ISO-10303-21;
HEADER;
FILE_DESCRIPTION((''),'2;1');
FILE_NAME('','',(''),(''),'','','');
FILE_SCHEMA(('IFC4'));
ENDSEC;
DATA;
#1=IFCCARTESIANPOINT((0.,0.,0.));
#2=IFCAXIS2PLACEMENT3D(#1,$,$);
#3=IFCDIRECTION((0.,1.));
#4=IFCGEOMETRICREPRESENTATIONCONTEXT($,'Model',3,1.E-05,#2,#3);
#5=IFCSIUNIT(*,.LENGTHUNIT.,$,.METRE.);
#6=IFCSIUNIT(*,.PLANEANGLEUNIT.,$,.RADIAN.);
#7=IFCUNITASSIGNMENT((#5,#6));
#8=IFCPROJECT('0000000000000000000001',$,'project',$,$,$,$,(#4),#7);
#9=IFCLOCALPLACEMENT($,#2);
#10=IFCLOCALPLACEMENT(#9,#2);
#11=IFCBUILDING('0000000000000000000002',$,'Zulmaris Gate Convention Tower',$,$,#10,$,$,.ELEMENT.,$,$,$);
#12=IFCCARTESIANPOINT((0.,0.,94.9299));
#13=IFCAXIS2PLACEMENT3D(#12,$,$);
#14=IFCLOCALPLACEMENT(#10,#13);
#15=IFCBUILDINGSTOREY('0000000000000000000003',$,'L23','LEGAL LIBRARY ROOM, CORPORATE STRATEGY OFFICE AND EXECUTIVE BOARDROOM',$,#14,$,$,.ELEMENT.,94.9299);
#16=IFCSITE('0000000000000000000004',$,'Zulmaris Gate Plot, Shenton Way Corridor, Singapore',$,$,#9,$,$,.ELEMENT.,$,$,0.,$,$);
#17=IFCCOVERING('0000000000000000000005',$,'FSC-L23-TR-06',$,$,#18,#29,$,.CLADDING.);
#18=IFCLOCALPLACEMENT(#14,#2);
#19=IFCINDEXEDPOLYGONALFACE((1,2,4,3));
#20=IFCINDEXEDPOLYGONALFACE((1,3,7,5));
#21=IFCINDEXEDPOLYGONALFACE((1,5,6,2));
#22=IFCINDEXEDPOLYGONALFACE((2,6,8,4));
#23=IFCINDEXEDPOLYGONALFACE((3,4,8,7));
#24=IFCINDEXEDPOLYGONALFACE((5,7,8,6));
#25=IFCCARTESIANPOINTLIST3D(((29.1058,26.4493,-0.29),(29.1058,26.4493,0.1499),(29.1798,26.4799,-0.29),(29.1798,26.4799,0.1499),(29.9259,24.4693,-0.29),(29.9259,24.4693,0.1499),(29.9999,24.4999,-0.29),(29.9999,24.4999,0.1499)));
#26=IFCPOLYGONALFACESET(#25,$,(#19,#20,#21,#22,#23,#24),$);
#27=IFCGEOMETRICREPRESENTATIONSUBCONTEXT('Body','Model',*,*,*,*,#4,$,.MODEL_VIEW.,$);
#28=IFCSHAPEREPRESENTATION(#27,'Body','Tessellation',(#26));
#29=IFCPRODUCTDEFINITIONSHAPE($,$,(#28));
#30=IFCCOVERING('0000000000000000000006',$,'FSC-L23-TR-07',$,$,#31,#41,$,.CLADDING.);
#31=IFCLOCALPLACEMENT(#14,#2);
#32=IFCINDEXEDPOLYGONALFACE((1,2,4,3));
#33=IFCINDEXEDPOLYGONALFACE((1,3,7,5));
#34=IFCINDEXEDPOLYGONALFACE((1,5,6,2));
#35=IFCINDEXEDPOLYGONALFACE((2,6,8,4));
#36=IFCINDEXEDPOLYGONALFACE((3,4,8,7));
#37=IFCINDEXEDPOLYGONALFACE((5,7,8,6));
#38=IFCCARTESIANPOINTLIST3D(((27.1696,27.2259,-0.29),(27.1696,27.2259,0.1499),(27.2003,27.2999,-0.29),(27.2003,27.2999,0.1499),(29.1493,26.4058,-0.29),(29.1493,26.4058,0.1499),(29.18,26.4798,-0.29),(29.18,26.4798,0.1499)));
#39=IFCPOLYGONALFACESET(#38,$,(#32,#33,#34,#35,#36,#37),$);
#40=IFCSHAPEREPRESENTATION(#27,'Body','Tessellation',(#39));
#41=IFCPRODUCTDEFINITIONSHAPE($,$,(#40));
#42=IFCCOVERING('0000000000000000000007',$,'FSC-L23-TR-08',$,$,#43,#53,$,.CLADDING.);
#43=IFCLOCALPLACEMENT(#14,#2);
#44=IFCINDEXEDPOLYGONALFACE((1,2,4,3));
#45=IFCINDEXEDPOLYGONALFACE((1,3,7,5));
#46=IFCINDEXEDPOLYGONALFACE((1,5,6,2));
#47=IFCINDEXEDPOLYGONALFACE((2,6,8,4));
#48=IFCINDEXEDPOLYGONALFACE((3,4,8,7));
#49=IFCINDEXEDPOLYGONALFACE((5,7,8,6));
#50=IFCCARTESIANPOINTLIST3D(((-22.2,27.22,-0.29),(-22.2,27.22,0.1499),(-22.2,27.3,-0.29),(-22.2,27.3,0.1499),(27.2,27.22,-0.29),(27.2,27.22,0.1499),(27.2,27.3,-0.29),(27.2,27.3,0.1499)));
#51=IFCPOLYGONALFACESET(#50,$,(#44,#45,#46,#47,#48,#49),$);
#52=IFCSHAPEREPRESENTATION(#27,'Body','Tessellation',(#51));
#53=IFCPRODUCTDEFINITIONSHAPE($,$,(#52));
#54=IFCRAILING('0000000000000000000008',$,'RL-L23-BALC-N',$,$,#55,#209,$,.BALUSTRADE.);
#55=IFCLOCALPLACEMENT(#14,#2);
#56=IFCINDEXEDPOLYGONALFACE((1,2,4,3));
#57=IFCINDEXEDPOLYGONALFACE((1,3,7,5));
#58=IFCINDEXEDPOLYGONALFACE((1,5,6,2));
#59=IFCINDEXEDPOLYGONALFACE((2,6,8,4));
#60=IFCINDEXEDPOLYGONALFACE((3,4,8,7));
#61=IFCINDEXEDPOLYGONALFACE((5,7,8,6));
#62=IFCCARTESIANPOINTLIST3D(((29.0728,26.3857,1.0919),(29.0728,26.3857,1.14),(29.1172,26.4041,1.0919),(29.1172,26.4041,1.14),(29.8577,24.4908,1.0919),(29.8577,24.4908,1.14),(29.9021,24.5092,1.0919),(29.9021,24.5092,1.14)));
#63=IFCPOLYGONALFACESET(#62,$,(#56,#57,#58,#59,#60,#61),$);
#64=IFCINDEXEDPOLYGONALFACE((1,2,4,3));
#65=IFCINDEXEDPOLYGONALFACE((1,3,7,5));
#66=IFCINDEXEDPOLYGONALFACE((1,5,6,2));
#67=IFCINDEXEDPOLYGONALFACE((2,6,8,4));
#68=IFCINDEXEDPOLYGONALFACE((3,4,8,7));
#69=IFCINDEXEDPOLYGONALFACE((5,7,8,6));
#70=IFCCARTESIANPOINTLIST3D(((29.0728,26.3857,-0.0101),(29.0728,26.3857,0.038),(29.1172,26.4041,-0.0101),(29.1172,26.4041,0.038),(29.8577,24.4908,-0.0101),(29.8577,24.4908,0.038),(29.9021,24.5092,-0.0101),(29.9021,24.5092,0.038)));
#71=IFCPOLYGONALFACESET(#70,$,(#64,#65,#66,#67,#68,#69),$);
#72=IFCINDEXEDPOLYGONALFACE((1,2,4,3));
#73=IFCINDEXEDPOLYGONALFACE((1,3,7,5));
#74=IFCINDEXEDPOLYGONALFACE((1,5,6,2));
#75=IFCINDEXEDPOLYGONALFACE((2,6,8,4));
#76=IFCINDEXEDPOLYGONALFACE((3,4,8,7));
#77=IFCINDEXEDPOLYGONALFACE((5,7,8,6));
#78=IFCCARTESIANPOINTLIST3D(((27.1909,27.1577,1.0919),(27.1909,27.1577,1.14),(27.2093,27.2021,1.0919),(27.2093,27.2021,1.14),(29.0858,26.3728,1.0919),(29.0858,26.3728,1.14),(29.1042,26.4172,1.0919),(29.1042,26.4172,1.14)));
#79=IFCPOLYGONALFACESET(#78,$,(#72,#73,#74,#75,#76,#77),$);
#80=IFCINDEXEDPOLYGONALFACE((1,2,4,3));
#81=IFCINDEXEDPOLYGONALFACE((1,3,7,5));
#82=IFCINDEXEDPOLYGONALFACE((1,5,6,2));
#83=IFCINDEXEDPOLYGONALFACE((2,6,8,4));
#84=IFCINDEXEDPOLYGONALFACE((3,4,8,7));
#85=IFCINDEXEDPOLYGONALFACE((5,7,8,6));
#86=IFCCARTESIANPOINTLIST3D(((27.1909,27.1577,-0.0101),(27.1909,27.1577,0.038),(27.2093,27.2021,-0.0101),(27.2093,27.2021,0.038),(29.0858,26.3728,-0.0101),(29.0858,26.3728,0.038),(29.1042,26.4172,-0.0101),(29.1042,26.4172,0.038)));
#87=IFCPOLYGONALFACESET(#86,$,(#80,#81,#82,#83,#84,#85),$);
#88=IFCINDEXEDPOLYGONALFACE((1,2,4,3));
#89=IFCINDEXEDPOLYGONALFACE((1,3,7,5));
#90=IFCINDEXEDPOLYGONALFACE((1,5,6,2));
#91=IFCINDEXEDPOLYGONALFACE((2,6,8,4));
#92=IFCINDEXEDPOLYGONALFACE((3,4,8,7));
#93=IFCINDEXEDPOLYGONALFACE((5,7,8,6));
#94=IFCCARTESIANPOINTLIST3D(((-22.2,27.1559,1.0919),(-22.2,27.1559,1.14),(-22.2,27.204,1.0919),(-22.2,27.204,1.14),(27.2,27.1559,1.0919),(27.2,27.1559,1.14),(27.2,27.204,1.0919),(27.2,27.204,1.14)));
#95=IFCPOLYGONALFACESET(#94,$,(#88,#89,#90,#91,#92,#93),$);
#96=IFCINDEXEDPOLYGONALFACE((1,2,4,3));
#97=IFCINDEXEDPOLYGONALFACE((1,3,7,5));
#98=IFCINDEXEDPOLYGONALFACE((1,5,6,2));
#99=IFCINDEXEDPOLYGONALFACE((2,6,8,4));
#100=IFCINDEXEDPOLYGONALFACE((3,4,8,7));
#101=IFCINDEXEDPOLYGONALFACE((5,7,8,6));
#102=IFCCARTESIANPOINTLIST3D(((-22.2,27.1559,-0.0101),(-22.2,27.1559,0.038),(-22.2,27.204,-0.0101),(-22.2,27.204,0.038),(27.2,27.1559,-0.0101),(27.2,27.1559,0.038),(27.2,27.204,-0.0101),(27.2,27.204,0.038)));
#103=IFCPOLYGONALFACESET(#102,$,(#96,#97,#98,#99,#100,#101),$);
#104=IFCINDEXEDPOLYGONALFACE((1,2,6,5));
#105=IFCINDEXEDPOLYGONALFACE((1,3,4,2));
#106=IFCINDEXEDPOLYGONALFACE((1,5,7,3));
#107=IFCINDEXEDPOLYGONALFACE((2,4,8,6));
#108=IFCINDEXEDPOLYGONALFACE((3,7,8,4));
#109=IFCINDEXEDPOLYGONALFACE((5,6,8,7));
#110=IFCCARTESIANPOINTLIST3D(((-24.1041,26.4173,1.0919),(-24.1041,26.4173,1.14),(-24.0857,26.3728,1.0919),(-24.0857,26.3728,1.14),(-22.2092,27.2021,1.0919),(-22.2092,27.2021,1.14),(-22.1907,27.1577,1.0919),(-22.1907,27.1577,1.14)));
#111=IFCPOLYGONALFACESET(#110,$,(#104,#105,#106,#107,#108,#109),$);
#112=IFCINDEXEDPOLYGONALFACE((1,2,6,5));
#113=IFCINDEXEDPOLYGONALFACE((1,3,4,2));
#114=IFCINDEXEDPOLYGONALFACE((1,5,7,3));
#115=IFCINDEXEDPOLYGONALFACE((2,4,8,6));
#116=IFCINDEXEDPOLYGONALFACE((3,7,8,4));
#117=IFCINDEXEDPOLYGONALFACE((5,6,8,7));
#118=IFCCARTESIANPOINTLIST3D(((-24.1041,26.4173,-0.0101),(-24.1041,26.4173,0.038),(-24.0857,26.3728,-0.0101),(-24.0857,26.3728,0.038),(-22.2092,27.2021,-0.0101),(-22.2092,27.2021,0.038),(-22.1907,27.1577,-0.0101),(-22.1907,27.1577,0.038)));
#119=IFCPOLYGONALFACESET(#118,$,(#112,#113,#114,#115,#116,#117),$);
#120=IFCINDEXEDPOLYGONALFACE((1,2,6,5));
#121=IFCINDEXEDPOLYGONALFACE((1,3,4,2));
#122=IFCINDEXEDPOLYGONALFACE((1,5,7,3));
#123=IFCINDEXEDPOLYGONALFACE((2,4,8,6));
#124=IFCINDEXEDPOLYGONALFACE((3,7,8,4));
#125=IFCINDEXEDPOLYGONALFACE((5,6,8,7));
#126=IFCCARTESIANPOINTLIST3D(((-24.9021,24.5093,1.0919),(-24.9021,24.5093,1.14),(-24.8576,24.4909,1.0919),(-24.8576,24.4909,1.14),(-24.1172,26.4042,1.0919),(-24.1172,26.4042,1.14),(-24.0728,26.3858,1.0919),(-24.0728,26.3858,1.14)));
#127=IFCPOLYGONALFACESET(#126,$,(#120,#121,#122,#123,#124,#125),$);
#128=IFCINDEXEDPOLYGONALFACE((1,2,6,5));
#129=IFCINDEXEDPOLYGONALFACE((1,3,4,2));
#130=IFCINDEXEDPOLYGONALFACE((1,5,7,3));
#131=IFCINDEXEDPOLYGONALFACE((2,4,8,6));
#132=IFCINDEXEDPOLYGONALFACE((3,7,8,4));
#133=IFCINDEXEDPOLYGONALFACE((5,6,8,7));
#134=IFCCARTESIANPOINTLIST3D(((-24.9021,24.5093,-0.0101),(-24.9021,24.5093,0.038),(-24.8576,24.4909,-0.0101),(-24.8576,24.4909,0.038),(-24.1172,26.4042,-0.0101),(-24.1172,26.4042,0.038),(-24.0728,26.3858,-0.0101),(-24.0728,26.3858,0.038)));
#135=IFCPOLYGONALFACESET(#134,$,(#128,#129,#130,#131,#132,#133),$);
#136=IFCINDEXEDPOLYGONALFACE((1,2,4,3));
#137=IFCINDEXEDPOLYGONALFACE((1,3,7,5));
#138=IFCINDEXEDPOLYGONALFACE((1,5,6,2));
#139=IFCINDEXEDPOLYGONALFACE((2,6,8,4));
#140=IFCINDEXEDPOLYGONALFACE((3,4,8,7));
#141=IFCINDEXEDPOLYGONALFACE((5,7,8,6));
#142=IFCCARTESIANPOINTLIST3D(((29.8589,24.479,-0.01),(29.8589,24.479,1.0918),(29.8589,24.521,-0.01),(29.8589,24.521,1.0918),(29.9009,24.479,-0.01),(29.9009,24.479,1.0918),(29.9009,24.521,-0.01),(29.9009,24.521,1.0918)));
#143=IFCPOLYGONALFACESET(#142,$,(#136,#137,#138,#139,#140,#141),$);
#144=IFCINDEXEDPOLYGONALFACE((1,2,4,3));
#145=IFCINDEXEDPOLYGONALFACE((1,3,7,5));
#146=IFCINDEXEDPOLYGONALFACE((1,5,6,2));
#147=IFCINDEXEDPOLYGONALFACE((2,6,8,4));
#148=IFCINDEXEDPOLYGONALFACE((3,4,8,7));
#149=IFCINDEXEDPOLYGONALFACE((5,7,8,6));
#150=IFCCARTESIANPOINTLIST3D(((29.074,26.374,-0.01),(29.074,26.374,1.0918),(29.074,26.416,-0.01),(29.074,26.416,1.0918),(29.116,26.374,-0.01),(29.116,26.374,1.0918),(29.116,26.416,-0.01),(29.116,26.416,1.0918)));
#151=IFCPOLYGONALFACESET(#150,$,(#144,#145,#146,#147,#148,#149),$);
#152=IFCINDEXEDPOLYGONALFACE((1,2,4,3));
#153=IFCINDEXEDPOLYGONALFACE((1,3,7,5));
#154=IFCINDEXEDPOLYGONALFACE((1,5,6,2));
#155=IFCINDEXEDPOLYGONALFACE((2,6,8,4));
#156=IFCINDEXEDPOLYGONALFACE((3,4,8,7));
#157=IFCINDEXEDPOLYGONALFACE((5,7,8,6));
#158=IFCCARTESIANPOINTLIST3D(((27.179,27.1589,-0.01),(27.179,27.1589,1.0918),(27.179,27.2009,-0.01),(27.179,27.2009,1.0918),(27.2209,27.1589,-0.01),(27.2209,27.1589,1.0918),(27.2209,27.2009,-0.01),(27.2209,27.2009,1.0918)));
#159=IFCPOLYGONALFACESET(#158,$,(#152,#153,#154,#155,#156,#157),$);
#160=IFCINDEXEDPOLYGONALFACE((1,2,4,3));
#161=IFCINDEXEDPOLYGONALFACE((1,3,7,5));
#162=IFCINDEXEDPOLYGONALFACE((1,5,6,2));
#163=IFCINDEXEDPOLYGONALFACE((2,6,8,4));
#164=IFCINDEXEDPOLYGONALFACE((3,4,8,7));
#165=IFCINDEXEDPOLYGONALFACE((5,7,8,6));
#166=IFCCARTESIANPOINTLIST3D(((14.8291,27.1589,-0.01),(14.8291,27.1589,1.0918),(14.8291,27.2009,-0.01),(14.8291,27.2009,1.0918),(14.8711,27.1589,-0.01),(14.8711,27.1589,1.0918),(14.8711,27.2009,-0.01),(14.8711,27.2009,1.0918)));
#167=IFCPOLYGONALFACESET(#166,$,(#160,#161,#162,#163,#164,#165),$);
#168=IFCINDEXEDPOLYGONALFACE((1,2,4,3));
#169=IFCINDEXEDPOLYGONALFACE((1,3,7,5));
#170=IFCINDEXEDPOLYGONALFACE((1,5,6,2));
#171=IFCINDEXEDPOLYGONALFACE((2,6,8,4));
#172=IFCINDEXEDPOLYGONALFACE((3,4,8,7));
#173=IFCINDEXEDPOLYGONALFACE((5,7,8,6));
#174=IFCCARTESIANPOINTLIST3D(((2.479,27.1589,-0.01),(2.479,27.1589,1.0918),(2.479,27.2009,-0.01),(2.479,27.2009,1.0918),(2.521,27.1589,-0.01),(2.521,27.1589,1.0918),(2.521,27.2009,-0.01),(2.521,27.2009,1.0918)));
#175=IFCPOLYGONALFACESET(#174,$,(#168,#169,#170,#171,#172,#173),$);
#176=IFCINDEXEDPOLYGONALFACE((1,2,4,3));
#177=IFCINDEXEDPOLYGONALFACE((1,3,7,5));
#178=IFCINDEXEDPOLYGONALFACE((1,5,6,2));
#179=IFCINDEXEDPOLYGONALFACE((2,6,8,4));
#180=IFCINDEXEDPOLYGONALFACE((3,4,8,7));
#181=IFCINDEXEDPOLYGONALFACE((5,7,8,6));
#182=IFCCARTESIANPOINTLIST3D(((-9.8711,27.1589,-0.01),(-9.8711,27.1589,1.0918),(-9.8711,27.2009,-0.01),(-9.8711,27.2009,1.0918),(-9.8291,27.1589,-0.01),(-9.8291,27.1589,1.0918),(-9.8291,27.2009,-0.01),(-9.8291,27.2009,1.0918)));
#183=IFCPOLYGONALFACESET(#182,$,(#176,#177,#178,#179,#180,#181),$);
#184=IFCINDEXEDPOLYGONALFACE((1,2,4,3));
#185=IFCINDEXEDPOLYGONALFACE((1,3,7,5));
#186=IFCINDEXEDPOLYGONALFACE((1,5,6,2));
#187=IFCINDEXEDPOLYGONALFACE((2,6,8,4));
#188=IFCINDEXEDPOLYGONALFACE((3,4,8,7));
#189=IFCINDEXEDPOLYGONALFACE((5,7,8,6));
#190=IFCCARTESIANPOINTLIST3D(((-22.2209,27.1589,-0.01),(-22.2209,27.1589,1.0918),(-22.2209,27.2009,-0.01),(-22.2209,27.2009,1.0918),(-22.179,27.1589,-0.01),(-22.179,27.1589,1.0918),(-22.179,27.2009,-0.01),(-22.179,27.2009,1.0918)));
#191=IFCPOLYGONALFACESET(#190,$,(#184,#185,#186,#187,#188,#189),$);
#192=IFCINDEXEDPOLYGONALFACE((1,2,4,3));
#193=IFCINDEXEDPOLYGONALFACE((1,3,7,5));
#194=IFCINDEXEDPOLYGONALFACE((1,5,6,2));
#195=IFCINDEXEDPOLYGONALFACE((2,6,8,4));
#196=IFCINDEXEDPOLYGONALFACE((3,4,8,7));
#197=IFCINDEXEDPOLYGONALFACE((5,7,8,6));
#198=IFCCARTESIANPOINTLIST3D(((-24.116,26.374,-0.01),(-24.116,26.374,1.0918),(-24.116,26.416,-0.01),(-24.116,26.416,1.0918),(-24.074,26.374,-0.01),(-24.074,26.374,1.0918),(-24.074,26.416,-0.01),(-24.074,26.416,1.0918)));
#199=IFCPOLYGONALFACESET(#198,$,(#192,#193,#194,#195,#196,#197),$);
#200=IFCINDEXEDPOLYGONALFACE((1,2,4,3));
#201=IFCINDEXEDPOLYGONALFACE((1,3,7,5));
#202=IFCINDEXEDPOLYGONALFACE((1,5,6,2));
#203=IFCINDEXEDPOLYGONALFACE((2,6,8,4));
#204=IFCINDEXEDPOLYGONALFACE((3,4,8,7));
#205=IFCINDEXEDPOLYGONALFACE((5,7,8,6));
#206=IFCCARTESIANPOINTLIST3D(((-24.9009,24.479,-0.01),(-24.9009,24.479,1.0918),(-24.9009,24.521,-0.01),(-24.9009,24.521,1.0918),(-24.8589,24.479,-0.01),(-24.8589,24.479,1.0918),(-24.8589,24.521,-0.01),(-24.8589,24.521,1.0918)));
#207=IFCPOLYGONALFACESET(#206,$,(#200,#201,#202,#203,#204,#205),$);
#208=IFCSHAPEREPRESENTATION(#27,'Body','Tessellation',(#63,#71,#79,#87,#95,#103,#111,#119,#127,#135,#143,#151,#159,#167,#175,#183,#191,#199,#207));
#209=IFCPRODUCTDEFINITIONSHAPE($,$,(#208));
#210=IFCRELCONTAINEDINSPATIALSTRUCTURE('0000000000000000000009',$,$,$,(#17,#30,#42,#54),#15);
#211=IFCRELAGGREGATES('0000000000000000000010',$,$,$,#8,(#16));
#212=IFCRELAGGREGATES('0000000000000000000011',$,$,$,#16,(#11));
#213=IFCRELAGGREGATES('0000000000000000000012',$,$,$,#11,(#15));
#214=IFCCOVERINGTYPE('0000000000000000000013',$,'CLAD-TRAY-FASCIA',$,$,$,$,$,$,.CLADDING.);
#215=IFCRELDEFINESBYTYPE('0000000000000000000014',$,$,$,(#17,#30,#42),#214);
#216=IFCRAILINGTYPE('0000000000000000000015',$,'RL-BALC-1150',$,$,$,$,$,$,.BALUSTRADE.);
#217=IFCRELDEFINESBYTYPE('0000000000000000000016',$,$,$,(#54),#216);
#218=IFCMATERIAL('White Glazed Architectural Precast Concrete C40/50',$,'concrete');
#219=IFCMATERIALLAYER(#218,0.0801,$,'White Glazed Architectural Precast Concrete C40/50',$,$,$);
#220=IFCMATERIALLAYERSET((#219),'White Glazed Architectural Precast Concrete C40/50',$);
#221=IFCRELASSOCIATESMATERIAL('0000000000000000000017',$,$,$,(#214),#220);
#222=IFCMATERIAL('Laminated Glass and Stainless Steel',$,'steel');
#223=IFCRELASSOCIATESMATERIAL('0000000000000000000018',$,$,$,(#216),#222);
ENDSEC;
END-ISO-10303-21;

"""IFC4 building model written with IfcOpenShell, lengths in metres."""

from ifc_helpers import new_model, si_unit, direction, frame, frame_2d, origin, origin_2d, place, context, subcontext, project, spatial, rectangle, extrude, material, layer, layer_set, type_object, element, save


model = new_model("IFC4")

# Units and contexts
model_context = context("Model", 3, precision=1e-05, world=origin(), true_north=direction((0.0, 1.0)))
body_context = subcontext(model_context, "Body", "Model", "MODEL_VIEW")
ifc_project = project(units=[si_unit("LENGTHUNIT", "METRE"), si_unit("PLANEANGLEUNIT", "RADIAN")], contexts=[model_context])

# Site, building, storey
site_placement = place(None, origin())
site = spatial("IfcSite", under=ifc_project, at=site_placement, Name="Zulmaris Gate Plot, Shenton Way Corridor, Singapore", CompositionType="ELEMENT", RefElevation=0.0)
building_placement = place(site_placement, origin())
building = spatial("IfcBuilding", under=site, at=building_placement, Name="Zulmaris Gate Convention Tower", CompositionType="ELEMENT")
storey_placement = place(building_placement, frame((0.0, 0.0, 94.9299)))
storey = spatial("IfcBuildingStorey", under=building, at=storey_placement, Name="L23", Description="LEGAL LIBRARY ROOM, CORPORATE STRATEGY OFFICE AND EXECUTIVE BOARDROOM", CompositionType="ELEMENT", Elevation=94.9299)

# Coverings
ifc_material_1 = material(Name="White Glazed Architectural Precast Concrete C40/50", Category="concrete")
ifc_layer_1 = layer(ifc_material_1, 0.0801, Name="White Glazed Architectural Precast Concrete C40/50")
ifc_layer_set_1 = layer_set([ifc_layer_1], Name="White Glazed Architectural Precast Concrete C40/50")
covering_type_1 = type_object("IfcCoveringType", Name="CLAD-TRAY-FASCIA", PredefinedType="CLADDING", material=ifc_layer_set_1)
covering_1_placement = place(storey_placement, frame((29.9629, 24.4846, -0.29), z_axis=(0.0, 0.0, 1.0), x_axis=(-0.382657, 0.92389, 0.0)))
element("IfcCovering", 1, at=covering_1_placement, inside=storey, type_object=covering_type_1, Name="FSC-L23-TR-06", PredefinedType="CLADDING", context=body_context, shape_type="SweptSolid", body=[
    extrude(rectangle(XDim=2.1431, YDim=0.0801, at=frame_2d((1.0715, 0.0))), origin(), (0.0, 0.0, 1.0), 0.4399),
])
covering_2_placement = place(storey_placement, frame((29.1646, 26.4429, -0.29), z_axis=(0.0, 0.0, 1.0), x_axis=(-0.923874, 0.382697, 0.0)))
element("IfcCovering", 2, at=covering_2_placement, inside=storey, type_object=covering_type_1, Name="FSC-L23-TR-07", PredefinedType="CLADDING", context=body_context, shape_type="SweptSolid", body=[
    extrude(rectangle(XDim=2.1428, YDim=0.0801, at=frame_2d((1.0713, 0.0))), origin(), (0.0, 0.0, 1.0), 0.4399),
])
covering_3_placement = place(storey_placement, frame((27.2, 27.26, -0.29), z_axis=(0.0, 0.0, 1.0), x_axis=(-1.0, 0.0, 0.0)))
element("IfcCovering", 3, at=covering_3_placement, inside=storey, type_object=covering_type_1, Name="FSC-L23-TR-08", PredefinedType="CLADDING", context=body_context, shape_type="SweptSolid", body=[
    extrude(rectangle(XDim=49.3999, YDim=0.0801, at=frame_2d((24.7, 0.0))), origin(), (0.0, 0.0, 1.0), 0.4399),
])

# Railing
ifc_material_2 = material(Name="Laminated Glass and Stainless Steel", Category="steel")
railing_type = type_object("IfcRailingType", Name="RL-BALC-1150", PredefinedType="BALUSTRADE", material=ifc_material_2)
railing_placement = place(storey_placement, frame((29.8799, 24.5, -0.01)))
element("IfcRailing", 4, at=railing_placement, inside=storey, type_object=railing_type, Name="RL-L23-BALC-N", PredefinedType="BALUSTRADE", context=body_context, shape_type="SweptSolid", body=[
    extrude(rectangle(XDim=0.0481, YDim=0.0481, at=origin_2d()), frame((0.0, 0.0, 1.126), z_axis=(-0.382671, 0.923885, 0.0), x_axis=(-0.923885, -0.382671, 0.0)), (0.0, 0.0, 1.0), 2.051),
    extrude(rectangle(XDim=0.0481, YDim=0.0481, at=origin_2d()), frame((0.0, 0.0, 0.0239), z_axis=(-0.382671, 0.923885, 0.0), x_axis=(-0.923885, -0.382671, 0.0)), (0.0, 0.0, 1.0), 2.051),
    extrude(rectangle(XDim=0.0481, YDim=0.0481, at=origin_2d()), frame((-0.7849, 1.895, 1.126), z_axis=(-0.923885, 0.382671, 0.0), x_axis=(-0.382671, -0.923885, 0.0)), (0.0, 0.0, 1.0), 2.051),
    extrude(rectangle(XDim=0.0481, YDim=0.0481, at=origin_2d()), frame((-0.7849, 1.895, 0.0239), z_axis=(-0.923885, 0.382671, 0.0), x_axis=(-0.382671, -0.923885, 0.0)), (0.0, 0.0, 1.0), 2.051),
    extrude(rectangle(XDim=0.0481, YDim=0.0481, at=origin_2d()), frame((-2.6799, 2.6799, 1.126), z_axis=(-1.0, 0.0, 0.0), x_axis=(0.0, -1.0, 0.0)), (0.0, 0.0, 1.0), 49.3999),
    extrude(rectangle(XDim=0.0481, YDim=0.0481, at=origin_2d()), frame((-2.6799, 2.6799, 0.0239), z_axis=(-1.0, 0.0, 0.0), x_axis=(0.0, -1.0, 0.0)), (0.0, 0.0, 1.0), 49.3999),
    extrude(rectangle(XDim=0.0481, YDim=0.0481, at=origin_2d()), frame((-52.0798, 2.6799, 1.126), z_axis=(-0.923885, -0.382671, 0.0), x_axis=(0.382671, -0.923885, 0.0)), (0.0, 0.0, 1.0), 2.051),
    extrude(rectangle(XDim=0.0481, YDim=0.0481, at=origin_2d()), frame((-52.0798, 2.6799, 0.0239), z_axis=(-0.923885, -0.382671, 0.0), x_axis=(0.382671, -0.923885, 0.0)), (0.0, 0.0, 1.0), 2.051),
    extrude(rectangle(XDim=0.0481, YDim=0.0481, at=origin_2d()), frame((-53.9749, 1.895, 1.126), z_axis=(-0.382671, -0.923885, 0.0), x_axis=(0.923885, -0.382671, 0.0)), (0.0, 0.0, 1.0), 2.051),
    extrude(rectangle(XDim=0.0481, YDim=0.0481, at=origin_2d()), frame((-53.9749, 1.895, 0.0239), z_axis=(-0.382671, -0.923885, 0.0), x_axis=(0.923885, -0.382671, 0.0)), (0.0, 0.0, 1.0), 2.051),
    extrude(rectangle(XDim=0.042, YDim=0.042, at=origin_2d()), origin(), (0.0, 0.0, 1.0), 1.1018),
    extrude(rectangle(XDim=0.042, YDim=0.042, at=origin_2d()), frame((-0.7849, 1.895, 0.0)), (0.0, 0.0, 1.0), 1.1018),
    extrude(rectangle(XDim=0.042, YDim=0.042, at=origin_2d()), frame((-2.6799, 2.6799, 0.0)), (0.0, 0.0, 1.0), 1.1018),
    extrude(rectangle(XDim=0.042, YDim=0.042, at=origin_2d()), frame((-15.0298, 2.6799, 0.0)), (0.0, 0.0, 1.0), 1.1018),
    extrude(rectangle(XDim=0.042, YDim=0.042, at=origin_2d()), frame((-27.3799, 2.6799, 0.0)), (0.0, 0.0, 1.0), 1.1018),
    extrude(rectangle(XDim=0.042, YDim=0.042, at=origin_2d()), frame((-39.73, 2.6799, 0.0)), (0.0, 0.0, 1.0), 1.1018),
    extrude(rectangle(XDim=0.042, YDim=0.042, at=origin_2d()), frame((-52.0798, 2.6799, 0.0)), (0.0, 0.0, 1.0), 1.1018),
    extrude(rectangle(XDim=0.042, YDim=0.042, at=origin_2d()), frame((-53.9749, 1.895, 0.0)), (0.0, 0.0, 1.0), 1.1018),
    extrude(rectangle(XDim=0.042, YDim=0.042, at=origin_2d()), frame((-54.7598, 0.0, 0.0)), (0.0, 0.0, 1.0), 1.1018),
])

save(model, "model.ifc")
